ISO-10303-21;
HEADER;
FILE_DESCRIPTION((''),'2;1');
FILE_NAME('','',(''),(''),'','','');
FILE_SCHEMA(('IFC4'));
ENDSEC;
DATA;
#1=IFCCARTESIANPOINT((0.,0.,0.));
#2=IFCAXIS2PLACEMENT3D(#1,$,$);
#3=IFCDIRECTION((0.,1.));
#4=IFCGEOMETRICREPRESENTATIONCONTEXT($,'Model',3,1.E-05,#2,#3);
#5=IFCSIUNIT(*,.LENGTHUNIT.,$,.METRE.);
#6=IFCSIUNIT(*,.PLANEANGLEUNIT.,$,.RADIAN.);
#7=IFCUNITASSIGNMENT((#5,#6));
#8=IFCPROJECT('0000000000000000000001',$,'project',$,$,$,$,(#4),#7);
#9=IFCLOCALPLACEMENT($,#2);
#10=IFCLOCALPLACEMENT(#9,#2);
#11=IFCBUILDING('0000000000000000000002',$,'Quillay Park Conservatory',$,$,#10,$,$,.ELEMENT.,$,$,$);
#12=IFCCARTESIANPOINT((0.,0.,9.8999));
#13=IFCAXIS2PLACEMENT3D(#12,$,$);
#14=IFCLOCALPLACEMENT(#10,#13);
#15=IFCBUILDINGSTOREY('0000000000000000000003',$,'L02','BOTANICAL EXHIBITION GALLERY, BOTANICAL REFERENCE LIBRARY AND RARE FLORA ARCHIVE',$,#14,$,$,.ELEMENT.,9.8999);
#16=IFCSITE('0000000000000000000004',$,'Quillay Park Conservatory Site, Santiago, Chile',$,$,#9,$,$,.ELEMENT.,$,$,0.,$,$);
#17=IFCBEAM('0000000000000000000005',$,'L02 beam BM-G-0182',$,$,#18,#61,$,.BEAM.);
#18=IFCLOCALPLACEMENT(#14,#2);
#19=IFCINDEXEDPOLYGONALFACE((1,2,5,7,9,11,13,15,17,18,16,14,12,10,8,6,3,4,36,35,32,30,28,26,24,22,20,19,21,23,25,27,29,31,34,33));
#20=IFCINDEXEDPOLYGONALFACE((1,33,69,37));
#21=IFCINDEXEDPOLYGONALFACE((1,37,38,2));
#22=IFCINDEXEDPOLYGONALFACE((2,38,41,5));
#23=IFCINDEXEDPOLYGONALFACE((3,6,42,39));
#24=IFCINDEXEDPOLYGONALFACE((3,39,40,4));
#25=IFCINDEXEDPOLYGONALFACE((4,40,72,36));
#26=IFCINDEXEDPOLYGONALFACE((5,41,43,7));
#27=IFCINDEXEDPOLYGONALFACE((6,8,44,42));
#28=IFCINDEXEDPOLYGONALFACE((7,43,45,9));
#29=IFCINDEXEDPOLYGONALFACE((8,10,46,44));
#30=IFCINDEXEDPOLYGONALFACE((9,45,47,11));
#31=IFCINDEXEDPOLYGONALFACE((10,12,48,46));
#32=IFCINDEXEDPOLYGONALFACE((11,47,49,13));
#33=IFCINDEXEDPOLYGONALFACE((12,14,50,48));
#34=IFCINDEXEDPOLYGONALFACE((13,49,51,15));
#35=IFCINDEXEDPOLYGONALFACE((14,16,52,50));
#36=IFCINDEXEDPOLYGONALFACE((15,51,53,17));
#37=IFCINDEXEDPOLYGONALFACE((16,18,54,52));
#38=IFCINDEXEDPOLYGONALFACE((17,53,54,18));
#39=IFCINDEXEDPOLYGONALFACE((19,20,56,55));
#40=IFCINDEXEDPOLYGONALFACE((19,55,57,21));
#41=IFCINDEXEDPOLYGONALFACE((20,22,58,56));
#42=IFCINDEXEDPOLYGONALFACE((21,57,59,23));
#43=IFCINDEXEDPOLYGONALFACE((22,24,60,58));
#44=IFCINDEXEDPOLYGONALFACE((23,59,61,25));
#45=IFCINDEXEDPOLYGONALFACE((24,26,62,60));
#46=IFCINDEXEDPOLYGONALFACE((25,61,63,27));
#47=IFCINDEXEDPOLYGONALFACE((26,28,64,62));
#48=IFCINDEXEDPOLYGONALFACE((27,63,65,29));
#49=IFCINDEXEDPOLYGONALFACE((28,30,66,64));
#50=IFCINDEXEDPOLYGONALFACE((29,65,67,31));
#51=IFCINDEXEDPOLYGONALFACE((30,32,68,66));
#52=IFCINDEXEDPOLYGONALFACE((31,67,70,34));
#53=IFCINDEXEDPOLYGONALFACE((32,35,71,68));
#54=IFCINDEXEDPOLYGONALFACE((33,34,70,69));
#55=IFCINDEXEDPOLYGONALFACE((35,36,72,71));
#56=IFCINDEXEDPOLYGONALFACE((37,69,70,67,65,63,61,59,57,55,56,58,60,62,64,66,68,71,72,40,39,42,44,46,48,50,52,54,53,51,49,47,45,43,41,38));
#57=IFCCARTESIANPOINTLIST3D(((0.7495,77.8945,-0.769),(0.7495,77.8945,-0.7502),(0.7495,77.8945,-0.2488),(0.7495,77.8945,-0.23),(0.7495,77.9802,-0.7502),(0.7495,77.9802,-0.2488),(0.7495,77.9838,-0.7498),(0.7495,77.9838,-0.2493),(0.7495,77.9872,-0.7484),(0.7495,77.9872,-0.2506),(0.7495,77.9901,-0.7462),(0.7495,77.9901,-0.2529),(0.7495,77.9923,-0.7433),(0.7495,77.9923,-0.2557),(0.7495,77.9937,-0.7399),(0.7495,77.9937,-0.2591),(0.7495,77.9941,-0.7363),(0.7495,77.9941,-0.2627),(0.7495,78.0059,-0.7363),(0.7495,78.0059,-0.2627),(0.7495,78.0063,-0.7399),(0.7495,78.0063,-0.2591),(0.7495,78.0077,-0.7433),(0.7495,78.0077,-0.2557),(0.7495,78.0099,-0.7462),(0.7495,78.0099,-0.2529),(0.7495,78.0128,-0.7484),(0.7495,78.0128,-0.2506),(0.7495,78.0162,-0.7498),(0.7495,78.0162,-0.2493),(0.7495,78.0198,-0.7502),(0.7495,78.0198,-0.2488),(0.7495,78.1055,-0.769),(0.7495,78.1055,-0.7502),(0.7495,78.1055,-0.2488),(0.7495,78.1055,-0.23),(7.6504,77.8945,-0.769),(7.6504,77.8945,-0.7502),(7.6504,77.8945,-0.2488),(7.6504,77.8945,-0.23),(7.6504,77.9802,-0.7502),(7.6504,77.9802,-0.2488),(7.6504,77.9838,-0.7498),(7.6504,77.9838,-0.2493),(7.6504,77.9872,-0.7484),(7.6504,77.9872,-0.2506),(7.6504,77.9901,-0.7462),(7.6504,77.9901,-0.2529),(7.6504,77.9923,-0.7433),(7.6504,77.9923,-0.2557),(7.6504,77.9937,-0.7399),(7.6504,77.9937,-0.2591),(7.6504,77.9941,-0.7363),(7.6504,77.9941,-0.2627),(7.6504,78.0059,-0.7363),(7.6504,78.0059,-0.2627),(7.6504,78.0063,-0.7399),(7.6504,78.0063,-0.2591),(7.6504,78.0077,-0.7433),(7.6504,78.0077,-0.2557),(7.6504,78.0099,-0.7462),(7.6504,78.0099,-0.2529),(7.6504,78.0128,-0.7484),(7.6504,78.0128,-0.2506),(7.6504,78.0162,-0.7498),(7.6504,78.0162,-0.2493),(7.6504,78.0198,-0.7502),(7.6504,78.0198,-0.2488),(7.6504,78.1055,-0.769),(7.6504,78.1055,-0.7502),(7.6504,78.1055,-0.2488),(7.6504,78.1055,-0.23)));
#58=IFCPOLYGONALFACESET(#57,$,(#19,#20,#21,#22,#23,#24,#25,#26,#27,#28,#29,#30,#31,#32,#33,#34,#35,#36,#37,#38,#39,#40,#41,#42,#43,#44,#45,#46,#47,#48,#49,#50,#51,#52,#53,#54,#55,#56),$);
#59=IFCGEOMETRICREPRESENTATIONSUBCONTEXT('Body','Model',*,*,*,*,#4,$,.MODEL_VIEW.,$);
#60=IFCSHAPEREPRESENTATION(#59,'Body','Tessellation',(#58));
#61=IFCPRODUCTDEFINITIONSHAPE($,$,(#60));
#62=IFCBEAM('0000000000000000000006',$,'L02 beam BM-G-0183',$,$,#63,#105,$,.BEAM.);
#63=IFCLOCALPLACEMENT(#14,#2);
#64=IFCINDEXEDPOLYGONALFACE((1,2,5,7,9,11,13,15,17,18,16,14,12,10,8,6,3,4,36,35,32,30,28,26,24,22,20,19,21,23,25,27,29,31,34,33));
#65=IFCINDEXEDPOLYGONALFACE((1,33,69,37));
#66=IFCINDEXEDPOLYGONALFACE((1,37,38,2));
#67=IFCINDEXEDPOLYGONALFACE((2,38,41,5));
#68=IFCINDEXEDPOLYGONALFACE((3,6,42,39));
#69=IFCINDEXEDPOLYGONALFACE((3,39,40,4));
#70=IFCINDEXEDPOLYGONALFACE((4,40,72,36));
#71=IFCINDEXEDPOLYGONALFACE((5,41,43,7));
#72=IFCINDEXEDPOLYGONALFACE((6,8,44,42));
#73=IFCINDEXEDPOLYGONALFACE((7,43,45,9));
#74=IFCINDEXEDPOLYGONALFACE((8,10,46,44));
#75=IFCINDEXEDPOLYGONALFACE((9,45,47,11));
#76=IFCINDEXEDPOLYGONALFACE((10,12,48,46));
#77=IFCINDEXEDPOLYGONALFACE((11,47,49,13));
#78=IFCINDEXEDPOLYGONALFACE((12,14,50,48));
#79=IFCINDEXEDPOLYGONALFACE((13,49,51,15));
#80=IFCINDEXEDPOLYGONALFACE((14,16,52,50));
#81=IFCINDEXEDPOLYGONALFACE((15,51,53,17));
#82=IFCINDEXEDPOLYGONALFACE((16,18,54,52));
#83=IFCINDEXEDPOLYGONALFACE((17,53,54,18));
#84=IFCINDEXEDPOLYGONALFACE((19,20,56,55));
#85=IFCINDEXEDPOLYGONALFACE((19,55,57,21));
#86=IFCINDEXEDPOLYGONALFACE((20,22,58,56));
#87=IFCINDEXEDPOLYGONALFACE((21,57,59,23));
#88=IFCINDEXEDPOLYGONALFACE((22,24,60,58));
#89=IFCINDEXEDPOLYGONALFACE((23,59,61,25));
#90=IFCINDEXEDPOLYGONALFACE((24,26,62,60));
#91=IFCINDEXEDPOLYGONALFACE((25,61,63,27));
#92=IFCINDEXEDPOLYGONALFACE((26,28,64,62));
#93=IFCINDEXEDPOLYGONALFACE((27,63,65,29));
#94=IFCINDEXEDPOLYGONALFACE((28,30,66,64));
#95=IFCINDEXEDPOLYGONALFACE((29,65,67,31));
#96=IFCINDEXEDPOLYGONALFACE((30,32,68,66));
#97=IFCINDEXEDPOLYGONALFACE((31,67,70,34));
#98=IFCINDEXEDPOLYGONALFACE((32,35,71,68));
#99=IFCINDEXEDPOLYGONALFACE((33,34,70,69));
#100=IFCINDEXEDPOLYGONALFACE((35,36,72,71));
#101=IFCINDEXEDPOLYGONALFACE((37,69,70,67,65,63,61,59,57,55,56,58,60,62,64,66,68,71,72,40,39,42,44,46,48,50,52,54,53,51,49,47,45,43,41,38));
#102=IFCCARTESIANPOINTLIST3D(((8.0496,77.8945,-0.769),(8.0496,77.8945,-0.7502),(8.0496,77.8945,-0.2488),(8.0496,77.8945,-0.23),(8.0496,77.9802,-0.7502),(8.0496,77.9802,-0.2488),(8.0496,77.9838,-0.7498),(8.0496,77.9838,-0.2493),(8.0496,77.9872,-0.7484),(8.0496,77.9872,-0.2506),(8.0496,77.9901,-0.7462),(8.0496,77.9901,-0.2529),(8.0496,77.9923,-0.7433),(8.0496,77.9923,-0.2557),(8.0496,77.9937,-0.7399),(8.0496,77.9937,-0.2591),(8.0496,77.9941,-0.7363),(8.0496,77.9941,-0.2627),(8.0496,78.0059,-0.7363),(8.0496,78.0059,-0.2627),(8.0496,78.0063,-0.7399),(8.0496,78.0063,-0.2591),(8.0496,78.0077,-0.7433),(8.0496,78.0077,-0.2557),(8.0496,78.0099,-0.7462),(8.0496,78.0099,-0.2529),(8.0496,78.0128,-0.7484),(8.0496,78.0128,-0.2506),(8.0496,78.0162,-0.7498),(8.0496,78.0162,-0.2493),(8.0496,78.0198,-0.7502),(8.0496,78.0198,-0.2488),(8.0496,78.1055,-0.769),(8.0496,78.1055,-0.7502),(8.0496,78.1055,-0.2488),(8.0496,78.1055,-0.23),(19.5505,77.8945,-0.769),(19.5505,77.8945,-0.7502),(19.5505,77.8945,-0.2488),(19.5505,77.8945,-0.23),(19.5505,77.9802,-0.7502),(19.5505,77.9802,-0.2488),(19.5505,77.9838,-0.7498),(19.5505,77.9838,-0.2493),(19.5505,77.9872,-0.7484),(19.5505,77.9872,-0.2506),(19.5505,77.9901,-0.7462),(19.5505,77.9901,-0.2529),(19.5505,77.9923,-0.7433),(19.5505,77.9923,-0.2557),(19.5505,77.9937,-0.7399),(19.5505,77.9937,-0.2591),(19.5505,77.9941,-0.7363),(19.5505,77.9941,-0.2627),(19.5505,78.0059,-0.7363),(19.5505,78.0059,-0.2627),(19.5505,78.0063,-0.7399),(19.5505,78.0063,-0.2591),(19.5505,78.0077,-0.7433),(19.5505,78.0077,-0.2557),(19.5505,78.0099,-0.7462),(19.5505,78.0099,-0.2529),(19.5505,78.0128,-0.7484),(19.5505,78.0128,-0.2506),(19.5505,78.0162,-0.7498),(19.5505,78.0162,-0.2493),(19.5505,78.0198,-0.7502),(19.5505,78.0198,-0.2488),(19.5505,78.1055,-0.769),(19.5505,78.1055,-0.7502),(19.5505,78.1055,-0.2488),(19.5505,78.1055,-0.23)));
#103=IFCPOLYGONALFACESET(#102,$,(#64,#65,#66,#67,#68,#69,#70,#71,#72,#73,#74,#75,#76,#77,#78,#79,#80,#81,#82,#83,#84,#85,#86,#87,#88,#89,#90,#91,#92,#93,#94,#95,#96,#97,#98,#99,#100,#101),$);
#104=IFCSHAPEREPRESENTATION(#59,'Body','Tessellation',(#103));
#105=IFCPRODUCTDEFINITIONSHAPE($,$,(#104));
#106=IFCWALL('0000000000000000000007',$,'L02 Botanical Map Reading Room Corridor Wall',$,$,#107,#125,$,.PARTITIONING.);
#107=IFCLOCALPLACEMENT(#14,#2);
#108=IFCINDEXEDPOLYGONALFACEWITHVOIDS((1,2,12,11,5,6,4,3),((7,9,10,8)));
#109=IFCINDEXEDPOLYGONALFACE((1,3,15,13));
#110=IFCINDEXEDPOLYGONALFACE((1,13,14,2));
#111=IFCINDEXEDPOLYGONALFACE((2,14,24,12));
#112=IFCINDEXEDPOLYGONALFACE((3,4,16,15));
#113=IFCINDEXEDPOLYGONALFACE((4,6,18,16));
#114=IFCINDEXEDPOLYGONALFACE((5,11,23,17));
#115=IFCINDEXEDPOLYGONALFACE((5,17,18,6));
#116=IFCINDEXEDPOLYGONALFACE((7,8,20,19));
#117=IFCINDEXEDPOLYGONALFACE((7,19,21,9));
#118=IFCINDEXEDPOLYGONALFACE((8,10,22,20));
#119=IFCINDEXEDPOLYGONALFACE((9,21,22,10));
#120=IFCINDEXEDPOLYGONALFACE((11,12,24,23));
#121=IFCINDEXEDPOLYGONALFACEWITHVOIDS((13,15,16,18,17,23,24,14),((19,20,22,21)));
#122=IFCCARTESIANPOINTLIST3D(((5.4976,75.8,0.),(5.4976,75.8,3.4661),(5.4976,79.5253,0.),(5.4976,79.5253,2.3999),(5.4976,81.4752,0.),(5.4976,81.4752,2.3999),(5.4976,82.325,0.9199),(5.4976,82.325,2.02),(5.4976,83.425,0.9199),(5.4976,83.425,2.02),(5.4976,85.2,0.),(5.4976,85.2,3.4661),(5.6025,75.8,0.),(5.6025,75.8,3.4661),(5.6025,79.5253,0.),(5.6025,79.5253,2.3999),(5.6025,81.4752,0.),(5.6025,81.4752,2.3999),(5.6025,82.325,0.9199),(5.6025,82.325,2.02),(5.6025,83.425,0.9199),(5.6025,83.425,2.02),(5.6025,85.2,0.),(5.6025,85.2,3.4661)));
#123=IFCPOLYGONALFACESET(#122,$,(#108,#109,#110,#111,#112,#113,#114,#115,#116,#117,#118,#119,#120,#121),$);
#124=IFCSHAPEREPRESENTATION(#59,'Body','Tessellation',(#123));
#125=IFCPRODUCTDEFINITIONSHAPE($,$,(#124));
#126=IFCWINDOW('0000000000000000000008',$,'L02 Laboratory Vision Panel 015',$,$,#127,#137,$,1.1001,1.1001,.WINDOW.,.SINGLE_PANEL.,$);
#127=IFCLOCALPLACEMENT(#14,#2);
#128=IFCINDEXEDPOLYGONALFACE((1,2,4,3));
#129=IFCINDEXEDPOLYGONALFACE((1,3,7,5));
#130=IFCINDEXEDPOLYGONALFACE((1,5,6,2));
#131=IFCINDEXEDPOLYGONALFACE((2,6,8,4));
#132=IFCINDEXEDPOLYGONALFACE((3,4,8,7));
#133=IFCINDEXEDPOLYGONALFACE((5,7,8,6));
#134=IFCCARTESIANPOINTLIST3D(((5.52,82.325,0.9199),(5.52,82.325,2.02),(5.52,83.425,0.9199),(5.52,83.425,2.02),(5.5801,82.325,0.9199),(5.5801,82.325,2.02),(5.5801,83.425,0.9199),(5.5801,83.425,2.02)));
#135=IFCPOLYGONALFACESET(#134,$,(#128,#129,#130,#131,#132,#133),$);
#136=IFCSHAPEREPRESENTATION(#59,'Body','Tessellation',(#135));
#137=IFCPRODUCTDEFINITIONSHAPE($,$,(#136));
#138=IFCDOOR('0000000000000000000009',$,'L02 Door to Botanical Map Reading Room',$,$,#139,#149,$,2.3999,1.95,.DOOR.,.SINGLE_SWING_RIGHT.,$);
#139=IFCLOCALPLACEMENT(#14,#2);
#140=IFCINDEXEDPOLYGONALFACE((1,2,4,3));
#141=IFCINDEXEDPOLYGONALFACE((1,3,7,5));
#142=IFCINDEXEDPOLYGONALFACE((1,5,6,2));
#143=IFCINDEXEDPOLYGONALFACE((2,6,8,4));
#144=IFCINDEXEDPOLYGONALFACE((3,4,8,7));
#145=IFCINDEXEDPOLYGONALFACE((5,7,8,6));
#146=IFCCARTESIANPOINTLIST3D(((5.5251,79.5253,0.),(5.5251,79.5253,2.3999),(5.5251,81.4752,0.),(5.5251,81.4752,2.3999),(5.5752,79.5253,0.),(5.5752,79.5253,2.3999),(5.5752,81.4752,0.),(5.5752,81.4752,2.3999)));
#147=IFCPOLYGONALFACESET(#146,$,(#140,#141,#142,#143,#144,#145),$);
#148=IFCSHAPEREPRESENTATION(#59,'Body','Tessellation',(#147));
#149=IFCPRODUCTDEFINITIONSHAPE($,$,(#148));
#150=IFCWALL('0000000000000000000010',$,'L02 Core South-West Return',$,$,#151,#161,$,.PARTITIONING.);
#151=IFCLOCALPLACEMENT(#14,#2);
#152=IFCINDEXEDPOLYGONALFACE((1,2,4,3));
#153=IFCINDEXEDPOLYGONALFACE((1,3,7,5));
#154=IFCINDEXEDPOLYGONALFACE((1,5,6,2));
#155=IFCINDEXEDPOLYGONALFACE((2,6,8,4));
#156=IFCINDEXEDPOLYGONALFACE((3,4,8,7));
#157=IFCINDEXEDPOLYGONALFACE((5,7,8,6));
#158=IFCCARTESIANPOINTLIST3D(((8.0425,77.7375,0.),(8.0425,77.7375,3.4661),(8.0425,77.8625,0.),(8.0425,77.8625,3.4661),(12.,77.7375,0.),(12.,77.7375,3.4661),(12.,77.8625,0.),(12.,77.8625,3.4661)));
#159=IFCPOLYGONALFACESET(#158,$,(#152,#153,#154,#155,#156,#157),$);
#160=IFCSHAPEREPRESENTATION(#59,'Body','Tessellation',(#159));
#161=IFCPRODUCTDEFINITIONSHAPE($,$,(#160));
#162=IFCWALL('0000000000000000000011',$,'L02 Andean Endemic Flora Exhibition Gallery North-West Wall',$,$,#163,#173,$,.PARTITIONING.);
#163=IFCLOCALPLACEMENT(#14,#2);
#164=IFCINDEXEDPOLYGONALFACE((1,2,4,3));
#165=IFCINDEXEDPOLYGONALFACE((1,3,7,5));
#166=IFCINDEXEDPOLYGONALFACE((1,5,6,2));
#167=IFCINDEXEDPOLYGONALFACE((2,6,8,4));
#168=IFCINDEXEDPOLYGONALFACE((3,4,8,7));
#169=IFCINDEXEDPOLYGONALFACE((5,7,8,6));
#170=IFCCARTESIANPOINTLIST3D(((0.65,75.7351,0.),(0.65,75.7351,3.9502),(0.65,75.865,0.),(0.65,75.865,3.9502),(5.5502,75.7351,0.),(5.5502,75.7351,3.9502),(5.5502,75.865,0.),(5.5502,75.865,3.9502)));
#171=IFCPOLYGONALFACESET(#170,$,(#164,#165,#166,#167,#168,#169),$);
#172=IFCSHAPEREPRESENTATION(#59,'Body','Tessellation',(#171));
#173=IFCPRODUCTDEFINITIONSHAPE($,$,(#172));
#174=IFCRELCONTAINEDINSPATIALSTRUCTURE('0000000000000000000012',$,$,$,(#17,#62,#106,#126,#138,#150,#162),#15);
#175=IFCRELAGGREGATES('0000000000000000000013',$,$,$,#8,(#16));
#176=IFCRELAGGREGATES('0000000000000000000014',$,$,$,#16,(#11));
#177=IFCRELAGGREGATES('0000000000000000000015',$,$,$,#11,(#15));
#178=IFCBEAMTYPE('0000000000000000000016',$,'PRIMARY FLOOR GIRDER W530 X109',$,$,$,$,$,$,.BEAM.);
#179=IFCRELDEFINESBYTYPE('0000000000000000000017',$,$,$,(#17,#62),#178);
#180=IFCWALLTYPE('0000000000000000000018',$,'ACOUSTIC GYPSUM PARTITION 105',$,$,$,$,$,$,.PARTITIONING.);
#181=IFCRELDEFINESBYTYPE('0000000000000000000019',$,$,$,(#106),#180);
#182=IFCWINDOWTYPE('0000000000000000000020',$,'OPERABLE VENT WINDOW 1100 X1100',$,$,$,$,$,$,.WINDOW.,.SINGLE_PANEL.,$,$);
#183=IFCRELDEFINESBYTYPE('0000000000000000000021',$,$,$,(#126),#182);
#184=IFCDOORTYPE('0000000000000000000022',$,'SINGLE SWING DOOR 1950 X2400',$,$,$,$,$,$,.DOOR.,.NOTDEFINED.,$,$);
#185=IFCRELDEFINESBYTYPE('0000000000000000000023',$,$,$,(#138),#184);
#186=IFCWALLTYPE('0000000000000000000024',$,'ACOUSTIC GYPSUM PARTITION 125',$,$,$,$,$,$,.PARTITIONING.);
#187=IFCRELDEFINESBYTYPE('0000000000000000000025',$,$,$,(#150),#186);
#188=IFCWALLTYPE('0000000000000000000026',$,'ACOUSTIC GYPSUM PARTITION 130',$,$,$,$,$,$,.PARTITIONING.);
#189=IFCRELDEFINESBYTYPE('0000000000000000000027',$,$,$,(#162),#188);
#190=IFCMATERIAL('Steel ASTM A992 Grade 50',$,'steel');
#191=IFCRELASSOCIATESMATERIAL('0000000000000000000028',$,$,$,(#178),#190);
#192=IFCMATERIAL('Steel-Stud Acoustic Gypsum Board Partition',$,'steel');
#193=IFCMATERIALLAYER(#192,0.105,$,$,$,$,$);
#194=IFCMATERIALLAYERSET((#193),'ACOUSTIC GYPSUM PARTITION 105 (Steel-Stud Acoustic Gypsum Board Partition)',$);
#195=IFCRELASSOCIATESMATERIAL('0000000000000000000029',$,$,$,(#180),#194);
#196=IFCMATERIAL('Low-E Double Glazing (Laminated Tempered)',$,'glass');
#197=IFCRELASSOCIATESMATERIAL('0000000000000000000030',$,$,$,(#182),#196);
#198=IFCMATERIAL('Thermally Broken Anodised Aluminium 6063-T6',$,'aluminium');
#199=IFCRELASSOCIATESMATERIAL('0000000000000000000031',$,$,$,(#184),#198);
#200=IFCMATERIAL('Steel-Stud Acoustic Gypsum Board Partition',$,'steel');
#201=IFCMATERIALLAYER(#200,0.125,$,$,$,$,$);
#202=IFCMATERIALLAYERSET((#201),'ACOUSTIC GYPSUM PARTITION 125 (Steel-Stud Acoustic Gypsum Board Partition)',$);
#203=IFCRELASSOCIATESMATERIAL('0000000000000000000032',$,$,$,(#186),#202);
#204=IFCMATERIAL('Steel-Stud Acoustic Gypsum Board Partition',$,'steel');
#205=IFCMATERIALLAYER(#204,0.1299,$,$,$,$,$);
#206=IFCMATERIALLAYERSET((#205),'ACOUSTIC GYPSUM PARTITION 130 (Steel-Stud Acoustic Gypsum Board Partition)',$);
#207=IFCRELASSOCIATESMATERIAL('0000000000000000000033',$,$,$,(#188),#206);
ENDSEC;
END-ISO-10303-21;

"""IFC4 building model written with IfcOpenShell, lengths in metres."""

from ifc_helpers import new_model, si_unit, direction, frame, frame_2d, origin, origin_2d, place, context, subcontext, project, spatial, rectangle, i_section, extrude, material, layer, layer_set, material_profile, profile_set, type_object, element, fill, save


model = new_model("IFC4")

# Units and contexts
model_context = context("Model", 3, precision=1e-05, world=origin(), true_north=direction((0.0, 1.0)))
body_context = subcontext(model_context, "Body", "Model", "MODEL_VIEW")
ifc_project = project(units=[si_unit("LENGTHUNIT", "METRE"), si_unit("PLANEANGLEUNIT", "RADIAN")], contexts=[model_context])

# Site, building, storey
site_placement = place(None, origin())
site = spatial("IfcSite", under=ifc_project, at=site_placement, Name="Quillay Park Conservatory Site, Santiago, Chile", CompositionType="ELEMENT", RefElevation=0.0)
building_placement = place(site_placement, origin())
building = spatial("IfcBuilding", under=site, at=building_placement, Name="Quillay Park Conservatory", CompositionType="ELEMENT")
storey_placement = place(building_placement, frame((0.0, 0.0, 9.8999)))
storey = spatial("IfcBuildingStorey", under=building, at=storey_placement, Name="L02", Description="BOTANICAL EXHIBITION GALLERY, BOTANICAL REFERENCE LIBRARY AND RARE FLORA ARCHIVE", CompositionType="ELEMENT", Elevation=9.8999)

# Beams
ifc_material_1 = material(Name="Steel ASTM A992 Grade 50", Category="steel")
ifc_material_profile_1 = material_profile(ifc_material_1, i_section(OverallWidth=0.2109, OverallDepth=0.5391, WebThickness=0.0117, FlangeThickness=0.0188, FilletRadius=0.0139, at=origin_2d()), Name="W530x109")
ifc_profile_set_1 = profile_set([ifc_material_profile_1], Name="Steel ASTM A992 Grade 50")
beam_type_1 = type_object("IfcBeamType", Name="PRIMARY FLOOR GIRDER W530 X109", PredefinedType="BEAM", material=ifc_profile_set_1)
beam_1_placement = place(storey_placement, frame((0.7495, 78.0, -0.4995), z_axis=(1.0, 0.0, 0.0), x_axis=(0.0, 1.0, 0.0)))
element("IfcBeam", 1, at=beam_1_placement, inside=storey, type_object=beam_type_1, Name="L02 beam BM-G-0182", PredefinedType="BEAM", context=body_context, shape_type="SweptSolid", body=[
    extrude(i_section(OverallWidth=0.2109, OverallDepth=0.5391, WebThickness=0.0117, FlangeThickness=0.0188, FilletRadius=0.0139, at=origin_2d()), origin(), (0.0, 0.0, 1.0), 6.9009),
])
beam_2_placement = place(storey_placement, frame((8.0496, 78.0, -0.4995), z_axis=(1.0, 0.0, 0.0), x_axis=(0.0, 1.0, 0.0)))
element("IfcBeam", 2, at=beam_2_placement, inside=storey, type_object=beam_type_1, Name="L02 beam BM-G-0183", PredefinedType="BEAM", context=body_context, shape_type="SweptSolid", body=[
    extrude(i_section(OverallWidth=0.2109, OverallDepth=0.5391, WebThickness=0.0117, FlangeThickness=0.0188, FilletRadius=0.0139, at=origin_2d()), origin(), (0.0, 0.0, 1.0), 11.501),
])

# Wall, openings, window, door
ifc_material_2 = material(Name="Steel-Stud Acoustic Gypsum Board Partition", Category="steel")
ifc_layer_1 = layer(ifc_material_2, 0.105)
ifc_layer_set_1 = layer_set([ifc_layer_1], Name="ACOUSTIC GYPSUM PARTITION 105 (Steel-Stud Acoustic Gypsum Board Partition)")
wall_type_1 = type_object("IfcWallType", Name="ACOUSTIC GYPSUM PARTITION 105", PredefinedType="PARTITIONING", material=ifc_layer_set_1)
wall_1_placement = place(storey_placement, frame((5.55, 75.8, 0.0), z_axis=(0.0, 0.0, 1.0), x_axis=(0.0, 1.0, 0.0)))
wall_1 = element("IfcWall", 3, at=wall_1_placement, inside=storey, type_object=wall_type_1, Name="L02 Botanical Map Reading Room Corridor Wall", PredefinedType="PARTITIONING", context=body_context, shape_type="SweptSolid", body=[
    extrude(rectangle(XDim=9.3999, YDim=0.105, at=frame_2d((4.7, 0.0))), origin(), (0.0, 0.0, 1.0), 3.4661),
])
opening_1_placement = place(wall_1_placement, frame((3.7251, 0.0, 0.0)))
opening_1 = element("IfcOpeningElement", 4, at=opening_1_placement, cuts=wall_1, PredefinedType="OPENING", context=body_context, shape_type="SweptSolid", body=[
    extrude(rectangle(XDim=1.95, YDim=2.3999, at=frame_2d((0.9751, 1.2))), frame((0.0, 0.0525, 0.0), z_axis=(0.0, -1.0, 0.0), x_axis=(1.0, 0.0, 0.0)), (0.0, 0.0, 1.0), 0.105),
])
opening_2_placement = place(wall_1_placement, frame((6.5249, 0.0, 0.9199)))
opening_2 = element("IfcOpeningElement", 5, at=opening_2_placement, cuts=wall_1, PredefinedType="OPENING", context=body_context, shape_type="SweptSolid", body=[
    extrude(rectangle(XDim=1.1001, YDim=1.1001, at=frame_2d((0.55, 0.55))), frame((0.0, 0.0525, 0.0), z_axis=(0.0, -1.0, 0.0), x_axis=(1.0, 0.0, 0.0)), (0.0, 0.0, 1.0), 0.105),
])
ifc_material_3 = material(Name="Low-E Double Glazing (Laminated Tempered)", Category="glass")
window_type_1 = type_object("IfcWindowType", Name="OPERABLE VENT WINDOW 1100 X1100", PartitioningType="SINGLE_PANEL", PredefinedType="WINDOW", material=ifc_material_3)
window_1_placement = place(opening_2_placement, origin())
window_1 = element("IfcWindow", 6, at=window_1_placement, inside=storey, type_object=window_type_1, Name="L02 Laboratory Vision Panel 015", OverallHeight=1.1001, OverallWidth=1.1001, PartitioningType="SINGLE_PANEL", PredefinedType="WINDOW", context=body_context, shape_type="SweptSolid", body=[
    extrude(rectangle(XDim=1.1001, YDim=1.1001, at=frame_2d((0.55, 0.55))), frame((0.0, 0.03, 0.0), z_axis=(0.0, -1.0, 0.0), x_axis=(1.0, 0.0, 0.0)), (0.0, 0.0, 1.0), 0.0601),
])
fill(opening_2, window_1)
ifc_material_4 = material(Name="Thermally Broken Anodised Aluminium 6063-T6", Category="aluminium")
door_type = type_object("IfcDoorType", Name="SINGLE SWING DOOR 1950 X2400", OperationType="NOTDEFINED", PredefinedType="DOOR", material=ifc_material_4)
door_placement = place(opening_1_placement, origin())
door = element("IfcDoor", 7, at=door_placement, inside=storey, type_object=door_type, Name="L02 Door to Botanical Map Reading Room", OperationType="SINGLE_SWING_RIGHT", OverallHeight=2.3999, OverallWidth=1.95, PredefinedType="DOOR", context=body_context, shape_type="SweptSolid", body=[
    extrude(rectangle(XDim=1.95, YDim=2.3999, at=frame_2d((0.9751, 1.2))), frame((0.0, 0.0249, 0.0), z_axis=(0.0, -1.0, 0.0), x_axis=(1.0, 0.0, 0.0)), (0.0, 0.0, 1.0), 0.05),
])
fill(opening_1, door)

# Walls
ifc_material_5 = material(Name="Steel-Stud Acoustic Gypsum Board Partition", Category="steel")
ifc_layer_2 = layer(ifc_material_5, 0.125)
ifc_layer_set_2 = layer_set([ifc_layer_2], Name="ACOUSTIC GYPSUM PARTITION 125 (Steel-Stud Acoustic Gypsum Board Partition)")
wall_type_2 = type_object("IfcWallType", Name="ACOUSTIC GYPSUM PARTITION 125", PredefinedType="PARTITIONING", material=ifc_layer_set_2)
wall_2_placement = place(storey_placement, frame((8.0425, 77.8, 0.0), z_axis=(0.0, 0.0, 1.0), x_axis=(1.0, 0.0, 0.0)))
element("IfcWall", 8, at=wall_2_placement, inside=storey, type_object=wall_type_2, Name="L02 Core South-West Return", PredefinedType="PARTITIONING", context=body_context, shape_type="SweptSolid", body=[
    extrude(rectangle(XDim=3.9575, YDim=0.125, at=frame_2d((1.9788, 0.0))), origin(), (0.0, 0.0, 1.0), 3.4661),
])
ifc_material_6 = material(Name="Steel-Stud Acoustic Gypsum Board Partition", Category="steel")
ifc_layer_3 = layer(ifc_material_6, 0.1299)
ifc_layer_set_3 = layer_set([ifc_layer_3], Name="ACOUSTIC GYPSUM PARTITION 130 (Steel-Stud Acoustic Gypsum Board Partition)")
wall_type_3 = type_object("IfcWallType", Name="ACOUSTIC GYPSUM PARTITION 130", PredefinedType="PARTITIONING", material=ifc_layer_set_3)
wall_3_placement = place(storey_placement, frame((0.6499, 75.8, 0.0), z_axis=(0.0, 0.0, 1.0), x_axis=(1.0, 0.0, 0.0)))
element("IfcWall", 9, at=wall_3_placement, inside=storey, type_object=wall_type_3, Name="L02 Andean Endemic Flora Exhibition Gallery North-West Wall", PredefinedType="PARTITIONING", context=body_context, shape_type="SweptSolid", body=[
    extrude(rectangle(XDim=4.9001, YDim=0.1299, at=frame_2d((2.4502, 0.0))), origin(), (0.0, 0.0, 1.0), 3.9502),
])

save(model, "model.ifc")
